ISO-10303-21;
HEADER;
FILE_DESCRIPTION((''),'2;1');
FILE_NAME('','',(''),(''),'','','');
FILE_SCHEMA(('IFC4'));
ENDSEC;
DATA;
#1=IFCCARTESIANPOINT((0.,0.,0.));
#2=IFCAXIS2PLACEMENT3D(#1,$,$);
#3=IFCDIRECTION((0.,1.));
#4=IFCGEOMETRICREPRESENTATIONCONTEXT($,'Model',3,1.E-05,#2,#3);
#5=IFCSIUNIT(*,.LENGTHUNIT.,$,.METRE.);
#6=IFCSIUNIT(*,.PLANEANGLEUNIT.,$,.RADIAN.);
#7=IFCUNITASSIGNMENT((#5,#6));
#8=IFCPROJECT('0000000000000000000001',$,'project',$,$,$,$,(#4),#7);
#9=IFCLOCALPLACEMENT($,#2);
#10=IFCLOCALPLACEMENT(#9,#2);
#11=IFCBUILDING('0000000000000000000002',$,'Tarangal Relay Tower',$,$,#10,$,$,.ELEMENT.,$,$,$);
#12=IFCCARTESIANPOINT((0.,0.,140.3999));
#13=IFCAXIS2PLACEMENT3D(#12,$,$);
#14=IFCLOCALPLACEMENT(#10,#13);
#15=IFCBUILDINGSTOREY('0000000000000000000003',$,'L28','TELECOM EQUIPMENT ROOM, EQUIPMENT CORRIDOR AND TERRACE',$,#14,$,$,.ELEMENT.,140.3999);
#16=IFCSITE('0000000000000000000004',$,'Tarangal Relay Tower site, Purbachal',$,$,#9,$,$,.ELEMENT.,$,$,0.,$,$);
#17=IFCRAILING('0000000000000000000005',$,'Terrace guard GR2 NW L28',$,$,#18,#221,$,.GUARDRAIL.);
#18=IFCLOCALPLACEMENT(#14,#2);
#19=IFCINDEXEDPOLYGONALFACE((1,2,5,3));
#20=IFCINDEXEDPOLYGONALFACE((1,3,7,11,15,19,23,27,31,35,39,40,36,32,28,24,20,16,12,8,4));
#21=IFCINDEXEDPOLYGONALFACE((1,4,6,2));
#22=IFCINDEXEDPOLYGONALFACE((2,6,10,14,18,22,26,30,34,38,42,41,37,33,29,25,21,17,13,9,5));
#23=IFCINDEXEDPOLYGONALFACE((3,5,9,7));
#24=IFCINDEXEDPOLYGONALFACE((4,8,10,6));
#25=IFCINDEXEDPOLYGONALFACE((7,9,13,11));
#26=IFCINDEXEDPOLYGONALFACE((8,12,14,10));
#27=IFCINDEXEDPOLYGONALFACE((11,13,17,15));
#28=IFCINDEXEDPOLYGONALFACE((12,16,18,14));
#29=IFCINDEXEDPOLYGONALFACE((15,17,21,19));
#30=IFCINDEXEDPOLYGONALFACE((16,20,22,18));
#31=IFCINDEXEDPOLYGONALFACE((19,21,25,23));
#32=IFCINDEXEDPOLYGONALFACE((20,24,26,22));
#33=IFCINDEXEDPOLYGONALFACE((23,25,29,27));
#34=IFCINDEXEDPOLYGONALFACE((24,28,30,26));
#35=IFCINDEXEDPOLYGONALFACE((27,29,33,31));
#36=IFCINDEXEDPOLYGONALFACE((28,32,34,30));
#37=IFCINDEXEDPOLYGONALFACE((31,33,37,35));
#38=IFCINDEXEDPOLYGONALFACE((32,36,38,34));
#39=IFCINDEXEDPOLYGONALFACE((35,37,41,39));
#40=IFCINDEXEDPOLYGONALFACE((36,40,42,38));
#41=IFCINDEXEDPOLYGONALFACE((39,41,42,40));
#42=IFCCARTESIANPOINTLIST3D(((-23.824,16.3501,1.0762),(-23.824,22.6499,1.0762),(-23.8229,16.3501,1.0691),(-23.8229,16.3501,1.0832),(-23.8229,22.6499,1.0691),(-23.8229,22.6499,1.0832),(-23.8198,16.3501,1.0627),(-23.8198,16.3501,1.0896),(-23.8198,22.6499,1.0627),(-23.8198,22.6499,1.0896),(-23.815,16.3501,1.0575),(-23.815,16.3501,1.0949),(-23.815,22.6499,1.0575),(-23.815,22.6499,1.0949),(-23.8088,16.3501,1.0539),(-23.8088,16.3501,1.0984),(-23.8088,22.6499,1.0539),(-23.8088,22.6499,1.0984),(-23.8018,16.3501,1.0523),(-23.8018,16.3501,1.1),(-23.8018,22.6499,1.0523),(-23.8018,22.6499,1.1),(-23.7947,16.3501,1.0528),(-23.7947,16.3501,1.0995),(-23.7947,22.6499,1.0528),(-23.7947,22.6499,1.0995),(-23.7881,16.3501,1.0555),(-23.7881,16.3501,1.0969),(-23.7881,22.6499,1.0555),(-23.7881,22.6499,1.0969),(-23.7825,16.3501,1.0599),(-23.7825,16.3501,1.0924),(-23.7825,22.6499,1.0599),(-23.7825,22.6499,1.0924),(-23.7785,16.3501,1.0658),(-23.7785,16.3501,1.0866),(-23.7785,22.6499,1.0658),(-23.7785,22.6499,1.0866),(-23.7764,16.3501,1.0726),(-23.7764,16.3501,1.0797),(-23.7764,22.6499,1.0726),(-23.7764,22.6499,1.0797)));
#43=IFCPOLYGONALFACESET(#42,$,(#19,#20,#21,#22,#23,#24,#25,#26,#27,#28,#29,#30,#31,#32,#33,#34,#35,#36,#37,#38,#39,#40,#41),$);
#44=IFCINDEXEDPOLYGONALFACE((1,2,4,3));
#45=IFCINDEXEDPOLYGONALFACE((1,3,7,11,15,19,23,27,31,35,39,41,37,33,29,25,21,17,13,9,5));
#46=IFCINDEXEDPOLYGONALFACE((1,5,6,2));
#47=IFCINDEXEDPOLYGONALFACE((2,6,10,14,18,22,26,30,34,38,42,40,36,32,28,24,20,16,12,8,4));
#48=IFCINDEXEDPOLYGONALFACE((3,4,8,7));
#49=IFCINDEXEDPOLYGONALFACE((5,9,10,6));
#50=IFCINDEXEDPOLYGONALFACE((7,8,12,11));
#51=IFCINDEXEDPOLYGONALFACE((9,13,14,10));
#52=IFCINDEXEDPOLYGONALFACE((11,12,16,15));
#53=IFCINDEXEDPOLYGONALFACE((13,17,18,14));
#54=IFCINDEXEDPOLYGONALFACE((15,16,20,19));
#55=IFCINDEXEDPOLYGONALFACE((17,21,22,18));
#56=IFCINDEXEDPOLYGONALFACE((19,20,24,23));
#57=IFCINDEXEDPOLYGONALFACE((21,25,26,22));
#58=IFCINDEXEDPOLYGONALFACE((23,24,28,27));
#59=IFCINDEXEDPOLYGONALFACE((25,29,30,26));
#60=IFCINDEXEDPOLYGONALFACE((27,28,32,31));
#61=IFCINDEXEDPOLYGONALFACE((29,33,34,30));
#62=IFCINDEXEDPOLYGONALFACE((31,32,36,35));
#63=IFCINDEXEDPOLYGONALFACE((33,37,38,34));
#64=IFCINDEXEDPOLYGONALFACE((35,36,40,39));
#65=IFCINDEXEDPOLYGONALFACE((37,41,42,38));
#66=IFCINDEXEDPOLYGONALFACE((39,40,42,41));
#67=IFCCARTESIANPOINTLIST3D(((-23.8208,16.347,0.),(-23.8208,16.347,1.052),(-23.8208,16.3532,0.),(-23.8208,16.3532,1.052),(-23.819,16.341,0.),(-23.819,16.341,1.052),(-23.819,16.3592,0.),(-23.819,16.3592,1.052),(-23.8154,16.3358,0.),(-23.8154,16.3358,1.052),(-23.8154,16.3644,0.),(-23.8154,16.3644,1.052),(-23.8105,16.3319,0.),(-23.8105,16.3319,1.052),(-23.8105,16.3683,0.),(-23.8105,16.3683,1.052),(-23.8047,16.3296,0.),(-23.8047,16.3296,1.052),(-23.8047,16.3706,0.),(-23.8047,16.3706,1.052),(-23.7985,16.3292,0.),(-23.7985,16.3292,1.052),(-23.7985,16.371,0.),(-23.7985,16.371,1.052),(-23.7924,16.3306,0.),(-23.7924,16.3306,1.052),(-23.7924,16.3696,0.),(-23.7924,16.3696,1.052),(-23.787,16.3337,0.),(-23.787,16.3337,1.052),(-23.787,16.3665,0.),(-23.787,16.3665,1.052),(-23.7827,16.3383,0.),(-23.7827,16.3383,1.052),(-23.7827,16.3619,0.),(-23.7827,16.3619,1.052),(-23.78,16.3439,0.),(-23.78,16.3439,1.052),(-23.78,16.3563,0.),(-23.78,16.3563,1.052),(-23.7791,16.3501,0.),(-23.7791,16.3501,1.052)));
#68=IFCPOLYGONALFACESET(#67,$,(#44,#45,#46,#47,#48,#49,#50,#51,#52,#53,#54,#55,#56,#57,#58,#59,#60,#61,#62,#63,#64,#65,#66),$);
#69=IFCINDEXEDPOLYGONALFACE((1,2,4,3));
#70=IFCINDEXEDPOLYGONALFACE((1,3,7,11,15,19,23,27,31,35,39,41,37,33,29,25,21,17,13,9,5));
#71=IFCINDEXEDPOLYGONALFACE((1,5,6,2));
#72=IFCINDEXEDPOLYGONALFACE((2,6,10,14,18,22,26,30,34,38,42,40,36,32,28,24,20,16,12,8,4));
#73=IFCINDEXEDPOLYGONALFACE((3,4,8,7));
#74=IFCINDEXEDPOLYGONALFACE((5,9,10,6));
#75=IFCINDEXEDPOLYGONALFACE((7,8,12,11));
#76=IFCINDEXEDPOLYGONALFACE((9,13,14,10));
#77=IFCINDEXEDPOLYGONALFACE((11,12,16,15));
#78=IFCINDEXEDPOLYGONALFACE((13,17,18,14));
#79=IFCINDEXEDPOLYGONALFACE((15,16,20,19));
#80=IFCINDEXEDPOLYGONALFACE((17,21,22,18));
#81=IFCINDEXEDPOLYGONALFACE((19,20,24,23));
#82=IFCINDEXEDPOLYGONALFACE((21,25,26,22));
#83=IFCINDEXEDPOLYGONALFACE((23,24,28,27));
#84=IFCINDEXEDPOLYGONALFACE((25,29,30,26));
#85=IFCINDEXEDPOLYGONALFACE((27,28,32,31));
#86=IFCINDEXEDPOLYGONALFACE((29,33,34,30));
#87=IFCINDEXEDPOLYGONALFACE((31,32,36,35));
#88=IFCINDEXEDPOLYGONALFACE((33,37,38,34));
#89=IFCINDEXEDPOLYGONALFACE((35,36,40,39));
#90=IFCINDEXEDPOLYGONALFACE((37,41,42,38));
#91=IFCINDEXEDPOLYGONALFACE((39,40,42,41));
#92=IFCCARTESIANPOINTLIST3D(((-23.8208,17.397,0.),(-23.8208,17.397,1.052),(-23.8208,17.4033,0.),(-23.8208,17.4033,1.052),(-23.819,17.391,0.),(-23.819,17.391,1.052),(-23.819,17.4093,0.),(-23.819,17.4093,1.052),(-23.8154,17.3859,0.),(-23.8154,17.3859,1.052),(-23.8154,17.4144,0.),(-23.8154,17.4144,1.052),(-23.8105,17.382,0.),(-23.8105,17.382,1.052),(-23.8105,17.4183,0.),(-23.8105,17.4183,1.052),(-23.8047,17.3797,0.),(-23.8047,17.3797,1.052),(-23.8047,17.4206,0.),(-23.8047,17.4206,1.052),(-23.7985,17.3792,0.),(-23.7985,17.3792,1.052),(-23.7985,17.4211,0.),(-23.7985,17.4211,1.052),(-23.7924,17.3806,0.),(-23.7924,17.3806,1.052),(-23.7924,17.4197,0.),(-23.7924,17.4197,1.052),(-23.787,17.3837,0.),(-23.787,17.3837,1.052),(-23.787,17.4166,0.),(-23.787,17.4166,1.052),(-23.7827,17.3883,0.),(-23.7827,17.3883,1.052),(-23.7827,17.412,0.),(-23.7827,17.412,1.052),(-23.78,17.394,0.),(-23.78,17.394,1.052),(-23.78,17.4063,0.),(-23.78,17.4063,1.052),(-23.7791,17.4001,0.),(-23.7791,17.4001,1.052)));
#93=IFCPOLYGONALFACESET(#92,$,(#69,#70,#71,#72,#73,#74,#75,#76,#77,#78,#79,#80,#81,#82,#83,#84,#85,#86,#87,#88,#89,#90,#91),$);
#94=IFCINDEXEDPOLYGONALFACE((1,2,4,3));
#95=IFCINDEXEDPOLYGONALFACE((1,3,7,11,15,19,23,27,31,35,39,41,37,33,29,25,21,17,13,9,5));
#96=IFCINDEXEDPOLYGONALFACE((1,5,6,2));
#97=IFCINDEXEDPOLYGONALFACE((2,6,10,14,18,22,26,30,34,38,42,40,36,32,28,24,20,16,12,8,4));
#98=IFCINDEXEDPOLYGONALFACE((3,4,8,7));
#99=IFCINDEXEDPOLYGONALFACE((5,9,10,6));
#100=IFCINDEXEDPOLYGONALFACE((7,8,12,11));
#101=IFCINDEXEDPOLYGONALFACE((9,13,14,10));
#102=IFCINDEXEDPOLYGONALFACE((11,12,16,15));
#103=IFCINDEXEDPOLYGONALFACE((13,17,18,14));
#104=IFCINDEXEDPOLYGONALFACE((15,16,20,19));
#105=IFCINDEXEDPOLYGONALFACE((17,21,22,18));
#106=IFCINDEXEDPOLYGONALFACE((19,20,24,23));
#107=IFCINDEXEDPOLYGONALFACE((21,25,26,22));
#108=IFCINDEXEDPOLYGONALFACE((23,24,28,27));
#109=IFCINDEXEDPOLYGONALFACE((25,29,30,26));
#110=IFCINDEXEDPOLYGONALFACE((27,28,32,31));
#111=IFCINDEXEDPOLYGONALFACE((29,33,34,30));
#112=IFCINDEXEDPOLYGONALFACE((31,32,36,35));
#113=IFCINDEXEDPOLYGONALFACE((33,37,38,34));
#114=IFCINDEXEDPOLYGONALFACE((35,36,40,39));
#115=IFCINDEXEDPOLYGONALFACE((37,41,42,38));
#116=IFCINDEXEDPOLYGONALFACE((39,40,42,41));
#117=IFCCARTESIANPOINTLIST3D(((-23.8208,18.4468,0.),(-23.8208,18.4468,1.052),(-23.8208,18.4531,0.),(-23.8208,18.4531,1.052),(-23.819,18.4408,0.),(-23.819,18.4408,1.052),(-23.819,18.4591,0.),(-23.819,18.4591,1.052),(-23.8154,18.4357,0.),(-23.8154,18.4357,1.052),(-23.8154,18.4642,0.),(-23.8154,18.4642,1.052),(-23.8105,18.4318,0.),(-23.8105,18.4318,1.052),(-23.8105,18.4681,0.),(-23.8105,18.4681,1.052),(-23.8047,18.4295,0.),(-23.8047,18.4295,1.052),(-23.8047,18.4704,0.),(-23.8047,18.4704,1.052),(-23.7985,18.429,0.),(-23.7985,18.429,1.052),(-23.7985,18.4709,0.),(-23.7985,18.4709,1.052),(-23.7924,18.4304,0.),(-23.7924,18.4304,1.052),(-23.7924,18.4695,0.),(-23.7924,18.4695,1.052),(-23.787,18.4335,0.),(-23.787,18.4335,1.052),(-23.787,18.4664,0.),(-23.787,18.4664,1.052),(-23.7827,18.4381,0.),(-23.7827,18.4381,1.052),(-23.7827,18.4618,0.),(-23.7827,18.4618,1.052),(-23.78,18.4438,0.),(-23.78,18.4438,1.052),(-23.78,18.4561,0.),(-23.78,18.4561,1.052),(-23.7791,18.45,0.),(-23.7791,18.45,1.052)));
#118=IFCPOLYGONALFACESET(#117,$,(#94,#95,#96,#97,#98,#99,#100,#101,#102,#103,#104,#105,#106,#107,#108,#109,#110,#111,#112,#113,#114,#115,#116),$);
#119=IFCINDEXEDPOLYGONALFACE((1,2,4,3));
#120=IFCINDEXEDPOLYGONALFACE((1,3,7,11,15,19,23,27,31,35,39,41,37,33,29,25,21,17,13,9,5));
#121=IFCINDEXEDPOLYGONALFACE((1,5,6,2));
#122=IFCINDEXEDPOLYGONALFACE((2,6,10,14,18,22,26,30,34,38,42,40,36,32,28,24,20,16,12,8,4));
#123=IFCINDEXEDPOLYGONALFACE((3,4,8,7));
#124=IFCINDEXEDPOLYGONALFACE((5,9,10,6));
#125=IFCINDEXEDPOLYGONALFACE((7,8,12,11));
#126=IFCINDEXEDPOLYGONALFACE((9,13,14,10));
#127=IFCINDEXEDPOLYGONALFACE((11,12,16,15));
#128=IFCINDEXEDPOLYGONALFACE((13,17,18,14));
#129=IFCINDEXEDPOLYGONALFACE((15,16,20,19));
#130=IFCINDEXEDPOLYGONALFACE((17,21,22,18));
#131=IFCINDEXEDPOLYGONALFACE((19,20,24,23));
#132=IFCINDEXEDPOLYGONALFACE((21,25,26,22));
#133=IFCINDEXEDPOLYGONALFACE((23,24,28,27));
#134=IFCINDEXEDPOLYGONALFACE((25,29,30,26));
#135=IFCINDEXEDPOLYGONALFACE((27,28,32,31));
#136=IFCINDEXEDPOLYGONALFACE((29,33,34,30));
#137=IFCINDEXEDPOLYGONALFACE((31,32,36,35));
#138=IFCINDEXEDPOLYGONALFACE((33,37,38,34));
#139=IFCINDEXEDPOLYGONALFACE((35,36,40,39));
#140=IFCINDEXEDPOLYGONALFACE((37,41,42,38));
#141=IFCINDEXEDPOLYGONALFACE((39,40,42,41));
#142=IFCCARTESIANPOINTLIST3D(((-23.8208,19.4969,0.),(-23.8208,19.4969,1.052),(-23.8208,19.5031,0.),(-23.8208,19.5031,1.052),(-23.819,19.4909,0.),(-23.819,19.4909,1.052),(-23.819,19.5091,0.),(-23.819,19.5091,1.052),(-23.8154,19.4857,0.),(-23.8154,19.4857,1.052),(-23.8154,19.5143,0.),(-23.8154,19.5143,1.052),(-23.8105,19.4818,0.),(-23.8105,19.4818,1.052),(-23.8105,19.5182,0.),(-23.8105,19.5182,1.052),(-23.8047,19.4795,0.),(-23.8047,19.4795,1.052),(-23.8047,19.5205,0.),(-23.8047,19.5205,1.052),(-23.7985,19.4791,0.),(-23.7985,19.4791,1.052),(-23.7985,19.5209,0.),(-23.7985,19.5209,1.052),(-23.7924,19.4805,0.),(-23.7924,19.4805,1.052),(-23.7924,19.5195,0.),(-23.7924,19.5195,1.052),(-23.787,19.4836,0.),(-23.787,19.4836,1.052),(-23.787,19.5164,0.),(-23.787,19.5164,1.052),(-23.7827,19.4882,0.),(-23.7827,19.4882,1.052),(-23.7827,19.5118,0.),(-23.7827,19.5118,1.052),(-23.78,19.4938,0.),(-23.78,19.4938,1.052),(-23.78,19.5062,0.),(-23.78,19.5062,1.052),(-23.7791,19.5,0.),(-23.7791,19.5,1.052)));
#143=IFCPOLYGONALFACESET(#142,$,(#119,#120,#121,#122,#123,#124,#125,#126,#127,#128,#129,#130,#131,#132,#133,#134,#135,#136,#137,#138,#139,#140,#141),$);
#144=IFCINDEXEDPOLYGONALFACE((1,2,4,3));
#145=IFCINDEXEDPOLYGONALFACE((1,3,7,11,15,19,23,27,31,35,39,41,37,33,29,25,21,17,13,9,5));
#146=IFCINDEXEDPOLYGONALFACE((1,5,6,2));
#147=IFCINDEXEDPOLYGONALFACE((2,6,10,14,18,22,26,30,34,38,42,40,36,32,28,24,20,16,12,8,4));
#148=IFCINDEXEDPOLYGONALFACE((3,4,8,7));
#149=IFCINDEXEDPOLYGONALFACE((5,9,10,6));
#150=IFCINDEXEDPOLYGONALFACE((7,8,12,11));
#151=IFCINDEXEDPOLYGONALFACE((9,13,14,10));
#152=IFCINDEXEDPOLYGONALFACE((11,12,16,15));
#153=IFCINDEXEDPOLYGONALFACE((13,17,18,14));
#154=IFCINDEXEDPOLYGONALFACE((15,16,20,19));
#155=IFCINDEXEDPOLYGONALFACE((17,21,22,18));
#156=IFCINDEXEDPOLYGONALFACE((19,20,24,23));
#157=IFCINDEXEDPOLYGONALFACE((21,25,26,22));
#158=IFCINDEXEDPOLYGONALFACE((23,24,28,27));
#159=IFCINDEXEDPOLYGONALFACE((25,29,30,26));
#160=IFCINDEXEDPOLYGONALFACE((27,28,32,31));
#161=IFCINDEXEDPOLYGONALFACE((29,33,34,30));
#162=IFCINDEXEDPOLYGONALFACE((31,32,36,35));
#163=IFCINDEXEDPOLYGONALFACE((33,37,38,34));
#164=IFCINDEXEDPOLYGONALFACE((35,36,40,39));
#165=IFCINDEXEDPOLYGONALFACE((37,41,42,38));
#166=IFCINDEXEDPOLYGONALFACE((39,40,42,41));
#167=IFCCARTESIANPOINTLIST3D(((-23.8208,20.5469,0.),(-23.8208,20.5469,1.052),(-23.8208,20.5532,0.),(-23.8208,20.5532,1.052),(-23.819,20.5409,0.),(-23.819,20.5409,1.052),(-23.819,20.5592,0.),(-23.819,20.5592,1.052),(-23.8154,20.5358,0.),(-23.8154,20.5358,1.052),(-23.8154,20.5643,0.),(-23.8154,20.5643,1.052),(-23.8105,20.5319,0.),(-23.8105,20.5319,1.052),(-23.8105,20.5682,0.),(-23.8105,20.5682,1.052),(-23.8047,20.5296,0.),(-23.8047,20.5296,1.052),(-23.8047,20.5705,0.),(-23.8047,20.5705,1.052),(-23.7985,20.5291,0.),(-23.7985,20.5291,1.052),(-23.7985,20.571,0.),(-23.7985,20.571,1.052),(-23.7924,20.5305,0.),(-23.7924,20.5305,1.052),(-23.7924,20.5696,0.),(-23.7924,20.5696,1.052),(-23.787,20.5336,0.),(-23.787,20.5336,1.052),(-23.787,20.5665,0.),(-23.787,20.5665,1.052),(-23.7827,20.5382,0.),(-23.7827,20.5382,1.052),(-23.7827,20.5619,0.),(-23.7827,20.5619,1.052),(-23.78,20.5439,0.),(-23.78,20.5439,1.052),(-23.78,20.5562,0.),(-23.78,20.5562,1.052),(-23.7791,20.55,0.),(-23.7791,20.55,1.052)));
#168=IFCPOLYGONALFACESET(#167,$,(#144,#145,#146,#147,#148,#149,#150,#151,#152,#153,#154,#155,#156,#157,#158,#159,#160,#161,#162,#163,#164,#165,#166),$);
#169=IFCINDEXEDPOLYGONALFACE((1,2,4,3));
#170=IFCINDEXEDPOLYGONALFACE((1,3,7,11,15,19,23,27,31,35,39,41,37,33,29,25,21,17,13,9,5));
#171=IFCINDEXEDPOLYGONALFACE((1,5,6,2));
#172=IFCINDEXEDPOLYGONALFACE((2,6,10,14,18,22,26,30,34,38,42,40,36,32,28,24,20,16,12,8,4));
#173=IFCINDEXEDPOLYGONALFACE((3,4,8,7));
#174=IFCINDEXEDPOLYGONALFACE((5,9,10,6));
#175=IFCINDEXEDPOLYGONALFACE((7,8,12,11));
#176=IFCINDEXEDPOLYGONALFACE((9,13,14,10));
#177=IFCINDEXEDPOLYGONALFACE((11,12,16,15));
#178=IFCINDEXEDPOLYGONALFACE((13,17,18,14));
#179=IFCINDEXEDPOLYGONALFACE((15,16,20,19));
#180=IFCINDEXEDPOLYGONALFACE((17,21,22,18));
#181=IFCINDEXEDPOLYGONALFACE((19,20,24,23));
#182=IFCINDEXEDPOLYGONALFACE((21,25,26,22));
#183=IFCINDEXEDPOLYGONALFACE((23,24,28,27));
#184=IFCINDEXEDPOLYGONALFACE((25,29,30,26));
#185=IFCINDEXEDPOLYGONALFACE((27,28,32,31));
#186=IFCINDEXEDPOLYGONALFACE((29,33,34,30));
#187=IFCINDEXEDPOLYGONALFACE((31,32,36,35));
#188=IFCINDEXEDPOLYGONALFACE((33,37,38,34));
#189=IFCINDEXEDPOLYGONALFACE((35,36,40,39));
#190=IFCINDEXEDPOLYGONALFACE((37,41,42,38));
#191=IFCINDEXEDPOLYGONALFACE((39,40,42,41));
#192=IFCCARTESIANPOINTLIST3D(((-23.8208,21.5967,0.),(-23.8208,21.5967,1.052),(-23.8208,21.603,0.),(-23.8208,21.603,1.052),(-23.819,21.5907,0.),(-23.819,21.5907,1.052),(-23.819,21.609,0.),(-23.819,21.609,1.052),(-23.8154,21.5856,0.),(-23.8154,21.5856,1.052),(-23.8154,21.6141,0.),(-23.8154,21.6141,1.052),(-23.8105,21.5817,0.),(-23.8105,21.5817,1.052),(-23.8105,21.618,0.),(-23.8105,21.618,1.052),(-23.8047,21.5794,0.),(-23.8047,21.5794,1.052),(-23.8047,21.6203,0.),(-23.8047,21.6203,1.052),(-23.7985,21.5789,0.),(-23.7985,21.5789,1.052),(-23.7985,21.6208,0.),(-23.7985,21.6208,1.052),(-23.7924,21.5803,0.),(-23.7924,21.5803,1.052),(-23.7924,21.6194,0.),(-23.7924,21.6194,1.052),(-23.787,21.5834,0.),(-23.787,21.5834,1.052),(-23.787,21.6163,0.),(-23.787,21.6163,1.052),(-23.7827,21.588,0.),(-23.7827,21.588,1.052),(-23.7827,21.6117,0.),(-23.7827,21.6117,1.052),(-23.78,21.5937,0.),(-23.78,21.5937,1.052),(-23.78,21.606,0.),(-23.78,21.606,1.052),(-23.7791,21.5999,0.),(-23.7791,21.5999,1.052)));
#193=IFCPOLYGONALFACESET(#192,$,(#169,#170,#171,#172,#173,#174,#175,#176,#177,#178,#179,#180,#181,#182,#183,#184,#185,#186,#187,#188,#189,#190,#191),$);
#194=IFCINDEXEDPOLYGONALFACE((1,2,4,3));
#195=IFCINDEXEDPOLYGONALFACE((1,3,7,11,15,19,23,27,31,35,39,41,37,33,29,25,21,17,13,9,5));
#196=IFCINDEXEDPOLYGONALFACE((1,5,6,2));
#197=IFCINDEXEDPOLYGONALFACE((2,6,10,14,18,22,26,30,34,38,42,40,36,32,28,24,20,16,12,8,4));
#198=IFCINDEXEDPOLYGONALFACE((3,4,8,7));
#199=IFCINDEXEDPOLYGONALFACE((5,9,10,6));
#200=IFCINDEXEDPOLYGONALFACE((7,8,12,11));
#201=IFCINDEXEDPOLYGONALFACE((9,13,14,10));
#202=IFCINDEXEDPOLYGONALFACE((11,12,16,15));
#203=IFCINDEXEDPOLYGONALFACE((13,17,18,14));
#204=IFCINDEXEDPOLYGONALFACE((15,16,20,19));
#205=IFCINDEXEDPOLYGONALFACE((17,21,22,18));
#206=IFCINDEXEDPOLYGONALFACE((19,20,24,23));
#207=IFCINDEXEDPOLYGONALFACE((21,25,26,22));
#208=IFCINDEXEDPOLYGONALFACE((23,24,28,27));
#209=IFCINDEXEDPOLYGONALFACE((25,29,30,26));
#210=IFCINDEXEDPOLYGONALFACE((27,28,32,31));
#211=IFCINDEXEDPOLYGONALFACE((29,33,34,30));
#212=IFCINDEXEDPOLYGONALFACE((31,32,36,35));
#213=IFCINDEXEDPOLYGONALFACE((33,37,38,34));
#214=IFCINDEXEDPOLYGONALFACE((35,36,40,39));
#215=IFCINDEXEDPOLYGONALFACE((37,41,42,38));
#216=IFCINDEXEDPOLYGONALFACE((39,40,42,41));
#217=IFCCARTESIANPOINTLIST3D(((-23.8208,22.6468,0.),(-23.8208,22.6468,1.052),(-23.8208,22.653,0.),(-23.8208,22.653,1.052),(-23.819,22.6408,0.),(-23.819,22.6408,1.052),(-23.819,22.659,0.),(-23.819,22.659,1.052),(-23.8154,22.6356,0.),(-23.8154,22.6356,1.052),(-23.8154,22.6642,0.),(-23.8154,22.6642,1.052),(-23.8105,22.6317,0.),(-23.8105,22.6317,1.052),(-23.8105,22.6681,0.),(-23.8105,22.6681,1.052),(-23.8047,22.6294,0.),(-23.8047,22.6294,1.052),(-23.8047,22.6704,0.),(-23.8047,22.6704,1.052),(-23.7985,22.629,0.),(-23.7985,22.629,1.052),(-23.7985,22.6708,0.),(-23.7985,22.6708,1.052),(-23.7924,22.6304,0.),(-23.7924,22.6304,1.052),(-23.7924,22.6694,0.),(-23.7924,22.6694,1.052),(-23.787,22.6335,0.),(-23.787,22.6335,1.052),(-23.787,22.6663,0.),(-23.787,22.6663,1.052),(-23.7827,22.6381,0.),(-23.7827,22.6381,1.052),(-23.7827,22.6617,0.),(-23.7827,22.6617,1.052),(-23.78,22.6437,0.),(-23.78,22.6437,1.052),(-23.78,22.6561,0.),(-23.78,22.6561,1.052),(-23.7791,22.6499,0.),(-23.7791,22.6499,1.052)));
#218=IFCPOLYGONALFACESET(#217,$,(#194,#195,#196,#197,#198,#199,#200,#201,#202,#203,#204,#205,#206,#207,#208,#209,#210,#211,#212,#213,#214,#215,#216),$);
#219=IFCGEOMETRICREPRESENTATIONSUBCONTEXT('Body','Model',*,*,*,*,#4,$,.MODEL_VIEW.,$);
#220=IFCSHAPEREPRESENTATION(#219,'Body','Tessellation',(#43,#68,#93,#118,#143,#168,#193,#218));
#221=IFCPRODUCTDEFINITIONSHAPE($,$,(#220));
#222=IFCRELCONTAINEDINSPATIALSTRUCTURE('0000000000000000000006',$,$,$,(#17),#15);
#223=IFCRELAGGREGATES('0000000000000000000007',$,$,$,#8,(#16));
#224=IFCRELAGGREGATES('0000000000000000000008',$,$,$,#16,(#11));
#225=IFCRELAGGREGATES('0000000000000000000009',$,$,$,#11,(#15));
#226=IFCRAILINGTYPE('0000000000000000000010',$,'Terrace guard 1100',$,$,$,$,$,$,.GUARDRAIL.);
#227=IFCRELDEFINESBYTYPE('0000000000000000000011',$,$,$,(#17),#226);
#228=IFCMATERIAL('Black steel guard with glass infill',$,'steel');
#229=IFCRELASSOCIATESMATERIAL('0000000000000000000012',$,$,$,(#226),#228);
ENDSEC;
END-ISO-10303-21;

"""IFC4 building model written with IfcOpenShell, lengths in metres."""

from ifc_helpers import new_model, si_unit, direction, frame, origin, origin_2d, place, context, subcontext, project, spatial, circle, extrude, material, type_object, element, save


model = new_model("IFC4")

# Units and contexts
model_context = context("Model", 3, precision=1e-05, world=origin(), true_north=direction((0.0, 1.0)))
body_context = subcontext(model_context, "Body", "Model", "MODEL_VIEW")
ifc_project = project(units=[si_unit("LENGTHUNIT", "METRE"), si_unit("PLANEANGLEUNIT", "RADIAN")], contexts=[model_context])

# Site, building, storey
site_placement = place(None, origin())
site = spatial("IfcSite", under=ifc_project, at=site_placement, Name="Tarangal Relay Tower site, Purbachal", CompositionType="ELEMENT", RefElevation=0.0)
building_placement = place(site_placement, origin())
building = spatial("IfcBuilding", under=site, at=building_placement, Name="Tarangal Relay Tower", CompositionType="ELEMENT")
storey_placement = place(building_placement, frame((0.0, 0.0, 140.3999)))
storey = spatial("IfcBuildingStorey", under=building, at=storey_placement, Name="L28", Description="TELECOM EQUIPMENT ROOM, EQUIPMENT CORRIDOR AND TERRACE", CompositionType="ELEMENT", Elevation=140.3999)

# Railing
ifc_material_1 = material(Name="Black steel guard with glass infill", Category="steel")
railing_type = type_object("IfcRailingType", Name="Terrace guard 1100", PredefinedType="GUARDRAIL", material=ifc_material_1)
railing_1_placement = place(storey_placement, frame((-23.8, 16.3501, 0.0)))
element("IfcRailing", 1, at=railing_1_placement, inside=storey, type_object=railing_type, Name="Terrace guard GR2 NW L28", PredefinedType="GUARDRAIL", context=body_context, shape_type="SweptSolid", body=[
    extrude(circle(Radius=0.0239, at=origin_2d()), frame((0.0, 0.0, 1.0762), z_axis=(0.0, 1.0, 0.0), x_axis=(-1.0, 0.0, 0.0)), (0.0, 0.0, 1.0), 6.2998),
    extrude(circle(Radius=0.021, at=origin_2d()), origin(), (0.0, 0.0, 1.0), 1.052),
    extrude(circle(Radius=0.021, at=origin_2d()), frame((0.0, 1.05, 0.0)), (0.0, 0.0, 1.0), 1.052),
    extrude(circle(Radius=0.021, at=origin_2d()), frame((0.0, 2.0999, 0.0)), (0.0, 0.0, 1.0), 1.052),
    extrude(circle(Radius=0.021, at=origin_2d()), frame((0.0, 3.1499, 0.0)), (0.0, 0.0, 1.0), 1.052),
    extrude(circle(Radius=0.021, at=origin_2d()), frame((0.0, 4.2, 0.0)), (0.0, 0.0, 1.0), 1.052),
    extrude(circle(Radius=0.021, at=origin_2d()), frame((0.0, 5.2498, 0.0)), (0.0, 0.0, 1.0), 1.052),
    extrude(circle(Radius=0.021, at=origin_2d()), frame((0.0, 6.2998, 0.0)), (0.0, 0.0, 1.0), 1.052),
])

save(model, "model.ifc")
